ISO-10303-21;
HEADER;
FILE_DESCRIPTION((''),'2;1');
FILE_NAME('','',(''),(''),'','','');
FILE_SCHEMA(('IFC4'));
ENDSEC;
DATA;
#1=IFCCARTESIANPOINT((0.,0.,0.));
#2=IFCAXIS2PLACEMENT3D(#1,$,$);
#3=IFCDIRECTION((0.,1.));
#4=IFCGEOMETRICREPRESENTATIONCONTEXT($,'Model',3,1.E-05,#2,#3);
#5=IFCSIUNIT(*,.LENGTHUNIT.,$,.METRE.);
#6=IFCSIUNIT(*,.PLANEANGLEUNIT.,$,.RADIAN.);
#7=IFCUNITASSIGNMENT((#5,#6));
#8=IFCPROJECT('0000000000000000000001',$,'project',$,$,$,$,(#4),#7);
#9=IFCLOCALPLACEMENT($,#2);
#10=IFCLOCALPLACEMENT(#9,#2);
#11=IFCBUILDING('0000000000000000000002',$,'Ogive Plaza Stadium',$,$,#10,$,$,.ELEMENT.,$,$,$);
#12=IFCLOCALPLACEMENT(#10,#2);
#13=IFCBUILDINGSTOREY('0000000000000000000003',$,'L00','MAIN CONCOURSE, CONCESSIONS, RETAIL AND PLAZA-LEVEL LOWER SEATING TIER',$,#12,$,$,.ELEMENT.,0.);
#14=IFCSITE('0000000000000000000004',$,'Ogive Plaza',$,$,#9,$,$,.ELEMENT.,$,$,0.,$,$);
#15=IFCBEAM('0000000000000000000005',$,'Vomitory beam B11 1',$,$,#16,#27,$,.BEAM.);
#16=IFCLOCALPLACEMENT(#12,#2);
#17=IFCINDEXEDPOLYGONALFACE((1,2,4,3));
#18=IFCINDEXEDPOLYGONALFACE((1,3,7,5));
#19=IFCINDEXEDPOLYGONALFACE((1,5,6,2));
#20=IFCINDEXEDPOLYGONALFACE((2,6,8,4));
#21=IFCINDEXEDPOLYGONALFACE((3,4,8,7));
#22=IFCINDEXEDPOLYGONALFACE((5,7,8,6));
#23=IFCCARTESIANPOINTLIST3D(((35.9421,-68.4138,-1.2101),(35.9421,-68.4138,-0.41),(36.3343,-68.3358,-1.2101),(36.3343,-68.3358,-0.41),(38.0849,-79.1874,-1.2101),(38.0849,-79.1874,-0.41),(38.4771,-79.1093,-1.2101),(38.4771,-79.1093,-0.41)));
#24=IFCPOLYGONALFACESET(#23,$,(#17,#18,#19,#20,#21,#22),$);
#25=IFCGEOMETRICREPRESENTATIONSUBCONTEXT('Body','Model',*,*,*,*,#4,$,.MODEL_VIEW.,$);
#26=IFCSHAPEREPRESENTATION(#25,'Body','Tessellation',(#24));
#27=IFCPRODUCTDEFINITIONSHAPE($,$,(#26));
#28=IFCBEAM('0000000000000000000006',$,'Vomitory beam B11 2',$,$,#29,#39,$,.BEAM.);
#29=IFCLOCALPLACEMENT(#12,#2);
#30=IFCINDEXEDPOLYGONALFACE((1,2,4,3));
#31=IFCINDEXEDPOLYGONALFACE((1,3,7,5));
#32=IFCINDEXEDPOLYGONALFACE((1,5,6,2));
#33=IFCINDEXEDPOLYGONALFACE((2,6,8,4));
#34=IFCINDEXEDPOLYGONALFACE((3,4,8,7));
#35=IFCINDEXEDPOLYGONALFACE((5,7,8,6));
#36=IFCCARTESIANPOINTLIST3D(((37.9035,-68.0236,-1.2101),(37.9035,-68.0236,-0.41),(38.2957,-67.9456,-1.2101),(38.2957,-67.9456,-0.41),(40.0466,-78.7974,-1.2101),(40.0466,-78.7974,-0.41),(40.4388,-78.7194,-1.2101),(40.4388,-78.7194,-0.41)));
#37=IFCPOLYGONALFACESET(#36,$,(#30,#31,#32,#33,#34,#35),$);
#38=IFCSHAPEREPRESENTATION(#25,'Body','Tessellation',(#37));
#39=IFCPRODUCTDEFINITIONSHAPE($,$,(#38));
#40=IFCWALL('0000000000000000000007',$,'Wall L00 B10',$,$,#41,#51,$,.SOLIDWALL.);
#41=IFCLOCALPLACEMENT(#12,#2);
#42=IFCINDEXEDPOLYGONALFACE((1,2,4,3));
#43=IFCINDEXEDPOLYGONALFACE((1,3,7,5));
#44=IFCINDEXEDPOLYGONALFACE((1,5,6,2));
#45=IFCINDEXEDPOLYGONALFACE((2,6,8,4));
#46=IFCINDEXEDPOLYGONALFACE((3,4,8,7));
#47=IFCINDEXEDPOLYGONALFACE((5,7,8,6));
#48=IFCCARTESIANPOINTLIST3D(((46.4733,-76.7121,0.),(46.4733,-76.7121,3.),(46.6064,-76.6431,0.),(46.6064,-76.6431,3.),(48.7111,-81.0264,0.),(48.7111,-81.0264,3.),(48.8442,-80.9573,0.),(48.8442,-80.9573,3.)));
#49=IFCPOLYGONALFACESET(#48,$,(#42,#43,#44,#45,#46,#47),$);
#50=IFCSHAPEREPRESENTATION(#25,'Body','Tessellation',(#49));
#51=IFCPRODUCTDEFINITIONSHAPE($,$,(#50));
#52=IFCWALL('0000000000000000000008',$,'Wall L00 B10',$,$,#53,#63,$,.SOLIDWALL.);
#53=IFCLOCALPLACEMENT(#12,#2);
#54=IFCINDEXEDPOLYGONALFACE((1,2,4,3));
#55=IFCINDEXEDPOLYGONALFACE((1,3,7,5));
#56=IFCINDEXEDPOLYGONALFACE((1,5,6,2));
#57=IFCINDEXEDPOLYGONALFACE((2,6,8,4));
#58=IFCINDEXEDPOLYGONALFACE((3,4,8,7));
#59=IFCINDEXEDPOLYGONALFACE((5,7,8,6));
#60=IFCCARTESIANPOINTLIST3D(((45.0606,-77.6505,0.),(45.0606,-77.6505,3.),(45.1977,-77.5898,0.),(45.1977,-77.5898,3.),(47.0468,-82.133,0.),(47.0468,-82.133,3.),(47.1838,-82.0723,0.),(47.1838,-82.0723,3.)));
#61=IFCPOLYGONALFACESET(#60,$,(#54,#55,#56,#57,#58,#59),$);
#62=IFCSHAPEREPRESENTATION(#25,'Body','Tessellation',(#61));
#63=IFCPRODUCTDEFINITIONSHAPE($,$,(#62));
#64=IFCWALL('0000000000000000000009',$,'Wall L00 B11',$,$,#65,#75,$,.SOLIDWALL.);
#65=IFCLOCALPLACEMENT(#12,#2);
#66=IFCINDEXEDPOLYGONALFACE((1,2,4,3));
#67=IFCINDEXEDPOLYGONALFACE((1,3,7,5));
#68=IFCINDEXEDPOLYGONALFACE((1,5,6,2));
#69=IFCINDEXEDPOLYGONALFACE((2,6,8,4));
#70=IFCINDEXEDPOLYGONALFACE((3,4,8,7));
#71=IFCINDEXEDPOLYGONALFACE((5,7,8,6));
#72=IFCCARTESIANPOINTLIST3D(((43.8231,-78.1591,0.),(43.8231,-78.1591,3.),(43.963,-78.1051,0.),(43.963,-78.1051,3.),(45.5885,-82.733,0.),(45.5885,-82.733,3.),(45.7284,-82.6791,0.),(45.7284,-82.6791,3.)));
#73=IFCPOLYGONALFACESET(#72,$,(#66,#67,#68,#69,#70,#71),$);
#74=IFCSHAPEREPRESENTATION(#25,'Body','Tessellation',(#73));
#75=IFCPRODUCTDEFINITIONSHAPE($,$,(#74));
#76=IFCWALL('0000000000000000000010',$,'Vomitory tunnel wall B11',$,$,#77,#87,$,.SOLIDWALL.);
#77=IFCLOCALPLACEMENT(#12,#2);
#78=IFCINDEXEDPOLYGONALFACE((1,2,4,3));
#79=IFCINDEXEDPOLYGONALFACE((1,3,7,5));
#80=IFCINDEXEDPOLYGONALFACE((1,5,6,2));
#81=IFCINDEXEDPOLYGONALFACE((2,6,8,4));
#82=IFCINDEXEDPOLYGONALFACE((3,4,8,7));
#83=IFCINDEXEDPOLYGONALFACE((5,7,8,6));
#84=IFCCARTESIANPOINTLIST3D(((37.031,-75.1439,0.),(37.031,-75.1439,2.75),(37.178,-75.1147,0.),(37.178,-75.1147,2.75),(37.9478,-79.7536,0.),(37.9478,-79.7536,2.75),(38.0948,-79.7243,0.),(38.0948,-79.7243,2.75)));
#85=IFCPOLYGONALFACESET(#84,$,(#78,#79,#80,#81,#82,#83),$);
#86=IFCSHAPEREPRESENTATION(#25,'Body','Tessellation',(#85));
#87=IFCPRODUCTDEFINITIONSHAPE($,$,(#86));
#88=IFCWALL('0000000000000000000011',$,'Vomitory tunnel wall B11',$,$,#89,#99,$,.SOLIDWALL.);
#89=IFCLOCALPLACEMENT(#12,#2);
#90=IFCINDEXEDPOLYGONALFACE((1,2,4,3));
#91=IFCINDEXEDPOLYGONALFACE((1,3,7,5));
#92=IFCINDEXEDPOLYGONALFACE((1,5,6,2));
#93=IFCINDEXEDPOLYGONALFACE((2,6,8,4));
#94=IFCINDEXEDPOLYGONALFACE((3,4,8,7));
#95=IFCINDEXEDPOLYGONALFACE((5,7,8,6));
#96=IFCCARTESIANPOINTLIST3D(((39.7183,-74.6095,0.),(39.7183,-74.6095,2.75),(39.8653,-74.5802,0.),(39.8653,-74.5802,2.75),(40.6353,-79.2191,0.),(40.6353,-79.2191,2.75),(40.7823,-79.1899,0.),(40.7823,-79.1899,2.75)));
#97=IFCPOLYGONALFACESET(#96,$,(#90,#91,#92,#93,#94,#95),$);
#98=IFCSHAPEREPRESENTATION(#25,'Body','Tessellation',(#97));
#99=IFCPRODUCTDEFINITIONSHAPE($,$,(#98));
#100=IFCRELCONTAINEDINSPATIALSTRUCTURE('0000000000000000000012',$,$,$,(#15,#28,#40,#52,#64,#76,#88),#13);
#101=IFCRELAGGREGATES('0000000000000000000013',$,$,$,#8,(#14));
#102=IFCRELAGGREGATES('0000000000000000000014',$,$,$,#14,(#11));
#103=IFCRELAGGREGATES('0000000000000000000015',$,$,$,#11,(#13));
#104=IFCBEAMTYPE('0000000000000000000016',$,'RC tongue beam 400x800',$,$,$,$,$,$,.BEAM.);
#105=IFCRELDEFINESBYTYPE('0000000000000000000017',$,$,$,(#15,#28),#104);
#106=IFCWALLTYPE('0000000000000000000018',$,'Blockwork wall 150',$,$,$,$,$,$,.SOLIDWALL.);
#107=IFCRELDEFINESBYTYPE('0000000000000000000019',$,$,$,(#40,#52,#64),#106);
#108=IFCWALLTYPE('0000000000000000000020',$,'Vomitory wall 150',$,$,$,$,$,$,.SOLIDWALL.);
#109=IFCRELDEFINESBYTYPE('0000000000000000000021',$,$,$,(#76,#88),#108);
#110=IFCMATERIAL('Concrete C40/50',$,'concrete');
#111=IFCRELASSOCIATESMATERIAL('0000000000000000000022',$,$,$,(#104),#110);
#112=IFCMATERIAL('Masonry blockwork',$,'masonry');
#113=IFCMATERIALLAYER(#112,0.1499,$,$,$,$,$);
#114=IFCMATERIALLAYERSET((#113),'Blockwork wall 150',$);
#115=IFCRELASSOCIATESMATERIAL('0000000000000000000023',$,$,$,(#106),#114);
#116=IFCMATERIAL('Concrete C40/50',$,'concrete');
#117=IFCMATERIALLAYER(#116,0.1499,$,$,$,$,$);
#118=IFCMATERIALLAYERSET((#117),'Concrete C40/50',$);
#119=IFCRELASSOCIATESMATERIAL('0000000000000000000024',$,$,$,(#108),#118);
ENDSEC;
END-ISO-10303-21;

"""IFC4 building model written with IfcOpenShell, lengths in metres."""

from ifc_helpers import new_model, si_unit, direction, frame, frame_2d, origin, origin_2d, place, context, subcontext, project, spatial, rectangle, extrude, material, layer, layer_set, material_profile, profile_set, type_object, element, save


model = new_model("IFC4")

# Units and contexts
model_context = context("Model", 3, precision=1e-05, world=origin(), true_north=direction((0.0, 1.0)))
body_context = subcontext(model_context, "Body", "Model", "MODEL_VIEW")
ifc_project = project(units=[si_unit("LENGTHUNIT", "METRE"), si_unit("PLANEANGLEUNIT", "RADIAN")], contexts=[model_context])

# Site, building, storey
site_placement = place(None, origin())
site = spatial("IfcSite", under=ifc_project, at=site_placement, Name="Ogive Plaza", CompositionType="ELEMENT", RefElevation=0.0)
building_placement = place(site_placement, origin())
building = spatial("IfcBuilding", under=site, at=building_placement, Name="Ogive Plaza Stadium", CompositionType="ELEMENT")
storey_placement = place(building_placement, origin())
storey = spatial("IfcBuildingStorey", under=building, at=storey_placement, Name="L00", Description="MAIN CONCOURSE, CONCESSIONS, RETAIL AND PLAZA-LEVEL LOWER SEATING TIER", CompositionType="ELEMENT", Elevation=0.0)

# Beams
ifc_material_1 = material(Name="Concrete C40/50", Category="concrete")
ifc_material_profile = material_profile(ifc_material_1, rectangle(XDim=0.3999, YDim=0.8, at=origin_2d()), Name="RC 400x800")
ifc_profile_set = profile_set([ifc_material_profile], Name="Concrete C40/50")
beam_type = type_object("IfcBeamType", Name="RC tongue beam 400x800", PredefinedType="BEAM", material=ifc_profile_set)
beam_1_placement = place(storey_placement, frame((36.1382, -68.3748, -0.8101), z_axis=(0.195073, -0.980789, 0.0), x_axis=(0.980789, 0.195073, 0.0)))
element("IfcBeam", 1, at=beam_1_placement, inside=storey, type_object=beam_type, Name="Vomitory beam B11 1", PredefinedType="BEAM", context=body_context, shape_type="SweptSolid", body=[
    extrude(rectangle(XDim=0.3999, YDim=0.8, at=origin_2d()), origin(), (0.0, 0.0, 1.0), 10.9846),
])
beam_2_placement = place(storey_placement, frame((38.0996, -67.9846, -0.8101), z_axis=(0.195095, -0.980784, 0.0), x_axis=(0.980784, 0.195095, 0.0)))
element("IfcBeam", 2, at=beam_2_placement, inside=storey, type_object=beam_type, Name="Vomitory beam B11 2", PredefinedType="BEAM", context=body_context, shape_type="SweptSolid", body=[
    extrude(rectangle(XDim=0.3999, YDim=0.8, at=origin_2d()), origin(), (0.0, 0.0, 1.0), 10.9849),
])

# Walls
ifc_material_2 = material(Name="Masonry blockwork", Category="masonry")
ifc_layer_1 = layer(ifc_material_2, 0.1499)
ifc_layer_set_1 = layer_set([ifc_layer_1], Name="Blockwork wall 150")
wall_type_1 = type_object("IfcWallType", Name="Blockwork wall 150", PredefinedType="SOLIDWALL", material=ifc_layer_set_1)
wall_1_placement = place(storey_placement, frame((46.5398, -76.6775, 0.0), z_axis=(0.0, 0.0, 1.0), x_axis=(0.460446, -0.887688, 0.0)))
element("IfcWall", 3, at=wall_1_placement, inside=storey, type_object=wall_type_1, Name="Wall L00 B10", PredefinedType="SOLIDWALL", context=body_context, shape_type="SweptSolid", body=[
    extrude(rectangle(XDim=4.8601, YDim=0.1499, at=frame_2d((2.4302, 0.0))), origin(), (0.0, 0.0, 1.0), 3.0),
])
for number, where, z_axis, x_axis, name in (
    (4, (45.1292, -77.6201, 0.0), (0.0, 0.0, 1.0), (0.405099, -0.914273, 0.0), "Wall L00 B10"),
    (5, (43.8931, -78.1321, 0.0), (0.0, 0.0, 1.0), (0.360073, -0.932924, 0.0), "Wall L00 B11"),
):
    element("IfcWall", number, at=place(storey_placement, frame(where, z_axis=z_axis, x_axis=x_axis)), inside=storey, type_object=wall_type_1, Name=name, PredefinedType="SOLIDWALL", context=body_context, shape_type="SweptSolid", body=[
        extrude(rectangle(XDim=4.9028, YDim=0.1499, at=frame_2d((2.4514, 0.0))), origin(), (0.0, 0.0, 1.0), 3.0),
    ])

# Walls
ifc_material_3 = material(Name="Concrete C40/50", Category="concrete")
ifc_layer_2 = layer(ifc_material_3, 0.1499)
ifc_layer_set_2 = layer_set([ifc_layer_2], Name="Concrete C40/50")
wall_type_2 = type_object("IfcWallType", Name="Vomitory wall 150", PredefinedType="SOLIDWALL", material=ifc_layer_set_2)
for number, where, z_axis, x_axis, name in (
    (6, (37.1045, -75.1292, 0.0), (0.0, 0.0, 1.0), (0.195057, -0.980792, 0.0), "Vomitory tunnel wall B11"),
    (7, (39.7917, -74.5947, 0.0), (0.0, 0.0, 1.0), (0.195107, -0.980782, 0.0), "Vomitory tunnel wall B11"),
):
    element("IfcWall", number, at=place(storey_placement, frame(where, z_axis=z_axis, x_axis=x_axis)), inside=storey, type_object=wall_type_2, Name=name, PredefinedType="SOLIDWALL", context=body_context, shape_type="SweptSolid", body=[
        extrude(rectangle(XDim=4.7, YDim=0.1499, at=frame_2d((2.3501, 0.0))), origin(), (0.0, 0.0, 1.0), 2.75),
    ])

save(model, "model.ifc")
